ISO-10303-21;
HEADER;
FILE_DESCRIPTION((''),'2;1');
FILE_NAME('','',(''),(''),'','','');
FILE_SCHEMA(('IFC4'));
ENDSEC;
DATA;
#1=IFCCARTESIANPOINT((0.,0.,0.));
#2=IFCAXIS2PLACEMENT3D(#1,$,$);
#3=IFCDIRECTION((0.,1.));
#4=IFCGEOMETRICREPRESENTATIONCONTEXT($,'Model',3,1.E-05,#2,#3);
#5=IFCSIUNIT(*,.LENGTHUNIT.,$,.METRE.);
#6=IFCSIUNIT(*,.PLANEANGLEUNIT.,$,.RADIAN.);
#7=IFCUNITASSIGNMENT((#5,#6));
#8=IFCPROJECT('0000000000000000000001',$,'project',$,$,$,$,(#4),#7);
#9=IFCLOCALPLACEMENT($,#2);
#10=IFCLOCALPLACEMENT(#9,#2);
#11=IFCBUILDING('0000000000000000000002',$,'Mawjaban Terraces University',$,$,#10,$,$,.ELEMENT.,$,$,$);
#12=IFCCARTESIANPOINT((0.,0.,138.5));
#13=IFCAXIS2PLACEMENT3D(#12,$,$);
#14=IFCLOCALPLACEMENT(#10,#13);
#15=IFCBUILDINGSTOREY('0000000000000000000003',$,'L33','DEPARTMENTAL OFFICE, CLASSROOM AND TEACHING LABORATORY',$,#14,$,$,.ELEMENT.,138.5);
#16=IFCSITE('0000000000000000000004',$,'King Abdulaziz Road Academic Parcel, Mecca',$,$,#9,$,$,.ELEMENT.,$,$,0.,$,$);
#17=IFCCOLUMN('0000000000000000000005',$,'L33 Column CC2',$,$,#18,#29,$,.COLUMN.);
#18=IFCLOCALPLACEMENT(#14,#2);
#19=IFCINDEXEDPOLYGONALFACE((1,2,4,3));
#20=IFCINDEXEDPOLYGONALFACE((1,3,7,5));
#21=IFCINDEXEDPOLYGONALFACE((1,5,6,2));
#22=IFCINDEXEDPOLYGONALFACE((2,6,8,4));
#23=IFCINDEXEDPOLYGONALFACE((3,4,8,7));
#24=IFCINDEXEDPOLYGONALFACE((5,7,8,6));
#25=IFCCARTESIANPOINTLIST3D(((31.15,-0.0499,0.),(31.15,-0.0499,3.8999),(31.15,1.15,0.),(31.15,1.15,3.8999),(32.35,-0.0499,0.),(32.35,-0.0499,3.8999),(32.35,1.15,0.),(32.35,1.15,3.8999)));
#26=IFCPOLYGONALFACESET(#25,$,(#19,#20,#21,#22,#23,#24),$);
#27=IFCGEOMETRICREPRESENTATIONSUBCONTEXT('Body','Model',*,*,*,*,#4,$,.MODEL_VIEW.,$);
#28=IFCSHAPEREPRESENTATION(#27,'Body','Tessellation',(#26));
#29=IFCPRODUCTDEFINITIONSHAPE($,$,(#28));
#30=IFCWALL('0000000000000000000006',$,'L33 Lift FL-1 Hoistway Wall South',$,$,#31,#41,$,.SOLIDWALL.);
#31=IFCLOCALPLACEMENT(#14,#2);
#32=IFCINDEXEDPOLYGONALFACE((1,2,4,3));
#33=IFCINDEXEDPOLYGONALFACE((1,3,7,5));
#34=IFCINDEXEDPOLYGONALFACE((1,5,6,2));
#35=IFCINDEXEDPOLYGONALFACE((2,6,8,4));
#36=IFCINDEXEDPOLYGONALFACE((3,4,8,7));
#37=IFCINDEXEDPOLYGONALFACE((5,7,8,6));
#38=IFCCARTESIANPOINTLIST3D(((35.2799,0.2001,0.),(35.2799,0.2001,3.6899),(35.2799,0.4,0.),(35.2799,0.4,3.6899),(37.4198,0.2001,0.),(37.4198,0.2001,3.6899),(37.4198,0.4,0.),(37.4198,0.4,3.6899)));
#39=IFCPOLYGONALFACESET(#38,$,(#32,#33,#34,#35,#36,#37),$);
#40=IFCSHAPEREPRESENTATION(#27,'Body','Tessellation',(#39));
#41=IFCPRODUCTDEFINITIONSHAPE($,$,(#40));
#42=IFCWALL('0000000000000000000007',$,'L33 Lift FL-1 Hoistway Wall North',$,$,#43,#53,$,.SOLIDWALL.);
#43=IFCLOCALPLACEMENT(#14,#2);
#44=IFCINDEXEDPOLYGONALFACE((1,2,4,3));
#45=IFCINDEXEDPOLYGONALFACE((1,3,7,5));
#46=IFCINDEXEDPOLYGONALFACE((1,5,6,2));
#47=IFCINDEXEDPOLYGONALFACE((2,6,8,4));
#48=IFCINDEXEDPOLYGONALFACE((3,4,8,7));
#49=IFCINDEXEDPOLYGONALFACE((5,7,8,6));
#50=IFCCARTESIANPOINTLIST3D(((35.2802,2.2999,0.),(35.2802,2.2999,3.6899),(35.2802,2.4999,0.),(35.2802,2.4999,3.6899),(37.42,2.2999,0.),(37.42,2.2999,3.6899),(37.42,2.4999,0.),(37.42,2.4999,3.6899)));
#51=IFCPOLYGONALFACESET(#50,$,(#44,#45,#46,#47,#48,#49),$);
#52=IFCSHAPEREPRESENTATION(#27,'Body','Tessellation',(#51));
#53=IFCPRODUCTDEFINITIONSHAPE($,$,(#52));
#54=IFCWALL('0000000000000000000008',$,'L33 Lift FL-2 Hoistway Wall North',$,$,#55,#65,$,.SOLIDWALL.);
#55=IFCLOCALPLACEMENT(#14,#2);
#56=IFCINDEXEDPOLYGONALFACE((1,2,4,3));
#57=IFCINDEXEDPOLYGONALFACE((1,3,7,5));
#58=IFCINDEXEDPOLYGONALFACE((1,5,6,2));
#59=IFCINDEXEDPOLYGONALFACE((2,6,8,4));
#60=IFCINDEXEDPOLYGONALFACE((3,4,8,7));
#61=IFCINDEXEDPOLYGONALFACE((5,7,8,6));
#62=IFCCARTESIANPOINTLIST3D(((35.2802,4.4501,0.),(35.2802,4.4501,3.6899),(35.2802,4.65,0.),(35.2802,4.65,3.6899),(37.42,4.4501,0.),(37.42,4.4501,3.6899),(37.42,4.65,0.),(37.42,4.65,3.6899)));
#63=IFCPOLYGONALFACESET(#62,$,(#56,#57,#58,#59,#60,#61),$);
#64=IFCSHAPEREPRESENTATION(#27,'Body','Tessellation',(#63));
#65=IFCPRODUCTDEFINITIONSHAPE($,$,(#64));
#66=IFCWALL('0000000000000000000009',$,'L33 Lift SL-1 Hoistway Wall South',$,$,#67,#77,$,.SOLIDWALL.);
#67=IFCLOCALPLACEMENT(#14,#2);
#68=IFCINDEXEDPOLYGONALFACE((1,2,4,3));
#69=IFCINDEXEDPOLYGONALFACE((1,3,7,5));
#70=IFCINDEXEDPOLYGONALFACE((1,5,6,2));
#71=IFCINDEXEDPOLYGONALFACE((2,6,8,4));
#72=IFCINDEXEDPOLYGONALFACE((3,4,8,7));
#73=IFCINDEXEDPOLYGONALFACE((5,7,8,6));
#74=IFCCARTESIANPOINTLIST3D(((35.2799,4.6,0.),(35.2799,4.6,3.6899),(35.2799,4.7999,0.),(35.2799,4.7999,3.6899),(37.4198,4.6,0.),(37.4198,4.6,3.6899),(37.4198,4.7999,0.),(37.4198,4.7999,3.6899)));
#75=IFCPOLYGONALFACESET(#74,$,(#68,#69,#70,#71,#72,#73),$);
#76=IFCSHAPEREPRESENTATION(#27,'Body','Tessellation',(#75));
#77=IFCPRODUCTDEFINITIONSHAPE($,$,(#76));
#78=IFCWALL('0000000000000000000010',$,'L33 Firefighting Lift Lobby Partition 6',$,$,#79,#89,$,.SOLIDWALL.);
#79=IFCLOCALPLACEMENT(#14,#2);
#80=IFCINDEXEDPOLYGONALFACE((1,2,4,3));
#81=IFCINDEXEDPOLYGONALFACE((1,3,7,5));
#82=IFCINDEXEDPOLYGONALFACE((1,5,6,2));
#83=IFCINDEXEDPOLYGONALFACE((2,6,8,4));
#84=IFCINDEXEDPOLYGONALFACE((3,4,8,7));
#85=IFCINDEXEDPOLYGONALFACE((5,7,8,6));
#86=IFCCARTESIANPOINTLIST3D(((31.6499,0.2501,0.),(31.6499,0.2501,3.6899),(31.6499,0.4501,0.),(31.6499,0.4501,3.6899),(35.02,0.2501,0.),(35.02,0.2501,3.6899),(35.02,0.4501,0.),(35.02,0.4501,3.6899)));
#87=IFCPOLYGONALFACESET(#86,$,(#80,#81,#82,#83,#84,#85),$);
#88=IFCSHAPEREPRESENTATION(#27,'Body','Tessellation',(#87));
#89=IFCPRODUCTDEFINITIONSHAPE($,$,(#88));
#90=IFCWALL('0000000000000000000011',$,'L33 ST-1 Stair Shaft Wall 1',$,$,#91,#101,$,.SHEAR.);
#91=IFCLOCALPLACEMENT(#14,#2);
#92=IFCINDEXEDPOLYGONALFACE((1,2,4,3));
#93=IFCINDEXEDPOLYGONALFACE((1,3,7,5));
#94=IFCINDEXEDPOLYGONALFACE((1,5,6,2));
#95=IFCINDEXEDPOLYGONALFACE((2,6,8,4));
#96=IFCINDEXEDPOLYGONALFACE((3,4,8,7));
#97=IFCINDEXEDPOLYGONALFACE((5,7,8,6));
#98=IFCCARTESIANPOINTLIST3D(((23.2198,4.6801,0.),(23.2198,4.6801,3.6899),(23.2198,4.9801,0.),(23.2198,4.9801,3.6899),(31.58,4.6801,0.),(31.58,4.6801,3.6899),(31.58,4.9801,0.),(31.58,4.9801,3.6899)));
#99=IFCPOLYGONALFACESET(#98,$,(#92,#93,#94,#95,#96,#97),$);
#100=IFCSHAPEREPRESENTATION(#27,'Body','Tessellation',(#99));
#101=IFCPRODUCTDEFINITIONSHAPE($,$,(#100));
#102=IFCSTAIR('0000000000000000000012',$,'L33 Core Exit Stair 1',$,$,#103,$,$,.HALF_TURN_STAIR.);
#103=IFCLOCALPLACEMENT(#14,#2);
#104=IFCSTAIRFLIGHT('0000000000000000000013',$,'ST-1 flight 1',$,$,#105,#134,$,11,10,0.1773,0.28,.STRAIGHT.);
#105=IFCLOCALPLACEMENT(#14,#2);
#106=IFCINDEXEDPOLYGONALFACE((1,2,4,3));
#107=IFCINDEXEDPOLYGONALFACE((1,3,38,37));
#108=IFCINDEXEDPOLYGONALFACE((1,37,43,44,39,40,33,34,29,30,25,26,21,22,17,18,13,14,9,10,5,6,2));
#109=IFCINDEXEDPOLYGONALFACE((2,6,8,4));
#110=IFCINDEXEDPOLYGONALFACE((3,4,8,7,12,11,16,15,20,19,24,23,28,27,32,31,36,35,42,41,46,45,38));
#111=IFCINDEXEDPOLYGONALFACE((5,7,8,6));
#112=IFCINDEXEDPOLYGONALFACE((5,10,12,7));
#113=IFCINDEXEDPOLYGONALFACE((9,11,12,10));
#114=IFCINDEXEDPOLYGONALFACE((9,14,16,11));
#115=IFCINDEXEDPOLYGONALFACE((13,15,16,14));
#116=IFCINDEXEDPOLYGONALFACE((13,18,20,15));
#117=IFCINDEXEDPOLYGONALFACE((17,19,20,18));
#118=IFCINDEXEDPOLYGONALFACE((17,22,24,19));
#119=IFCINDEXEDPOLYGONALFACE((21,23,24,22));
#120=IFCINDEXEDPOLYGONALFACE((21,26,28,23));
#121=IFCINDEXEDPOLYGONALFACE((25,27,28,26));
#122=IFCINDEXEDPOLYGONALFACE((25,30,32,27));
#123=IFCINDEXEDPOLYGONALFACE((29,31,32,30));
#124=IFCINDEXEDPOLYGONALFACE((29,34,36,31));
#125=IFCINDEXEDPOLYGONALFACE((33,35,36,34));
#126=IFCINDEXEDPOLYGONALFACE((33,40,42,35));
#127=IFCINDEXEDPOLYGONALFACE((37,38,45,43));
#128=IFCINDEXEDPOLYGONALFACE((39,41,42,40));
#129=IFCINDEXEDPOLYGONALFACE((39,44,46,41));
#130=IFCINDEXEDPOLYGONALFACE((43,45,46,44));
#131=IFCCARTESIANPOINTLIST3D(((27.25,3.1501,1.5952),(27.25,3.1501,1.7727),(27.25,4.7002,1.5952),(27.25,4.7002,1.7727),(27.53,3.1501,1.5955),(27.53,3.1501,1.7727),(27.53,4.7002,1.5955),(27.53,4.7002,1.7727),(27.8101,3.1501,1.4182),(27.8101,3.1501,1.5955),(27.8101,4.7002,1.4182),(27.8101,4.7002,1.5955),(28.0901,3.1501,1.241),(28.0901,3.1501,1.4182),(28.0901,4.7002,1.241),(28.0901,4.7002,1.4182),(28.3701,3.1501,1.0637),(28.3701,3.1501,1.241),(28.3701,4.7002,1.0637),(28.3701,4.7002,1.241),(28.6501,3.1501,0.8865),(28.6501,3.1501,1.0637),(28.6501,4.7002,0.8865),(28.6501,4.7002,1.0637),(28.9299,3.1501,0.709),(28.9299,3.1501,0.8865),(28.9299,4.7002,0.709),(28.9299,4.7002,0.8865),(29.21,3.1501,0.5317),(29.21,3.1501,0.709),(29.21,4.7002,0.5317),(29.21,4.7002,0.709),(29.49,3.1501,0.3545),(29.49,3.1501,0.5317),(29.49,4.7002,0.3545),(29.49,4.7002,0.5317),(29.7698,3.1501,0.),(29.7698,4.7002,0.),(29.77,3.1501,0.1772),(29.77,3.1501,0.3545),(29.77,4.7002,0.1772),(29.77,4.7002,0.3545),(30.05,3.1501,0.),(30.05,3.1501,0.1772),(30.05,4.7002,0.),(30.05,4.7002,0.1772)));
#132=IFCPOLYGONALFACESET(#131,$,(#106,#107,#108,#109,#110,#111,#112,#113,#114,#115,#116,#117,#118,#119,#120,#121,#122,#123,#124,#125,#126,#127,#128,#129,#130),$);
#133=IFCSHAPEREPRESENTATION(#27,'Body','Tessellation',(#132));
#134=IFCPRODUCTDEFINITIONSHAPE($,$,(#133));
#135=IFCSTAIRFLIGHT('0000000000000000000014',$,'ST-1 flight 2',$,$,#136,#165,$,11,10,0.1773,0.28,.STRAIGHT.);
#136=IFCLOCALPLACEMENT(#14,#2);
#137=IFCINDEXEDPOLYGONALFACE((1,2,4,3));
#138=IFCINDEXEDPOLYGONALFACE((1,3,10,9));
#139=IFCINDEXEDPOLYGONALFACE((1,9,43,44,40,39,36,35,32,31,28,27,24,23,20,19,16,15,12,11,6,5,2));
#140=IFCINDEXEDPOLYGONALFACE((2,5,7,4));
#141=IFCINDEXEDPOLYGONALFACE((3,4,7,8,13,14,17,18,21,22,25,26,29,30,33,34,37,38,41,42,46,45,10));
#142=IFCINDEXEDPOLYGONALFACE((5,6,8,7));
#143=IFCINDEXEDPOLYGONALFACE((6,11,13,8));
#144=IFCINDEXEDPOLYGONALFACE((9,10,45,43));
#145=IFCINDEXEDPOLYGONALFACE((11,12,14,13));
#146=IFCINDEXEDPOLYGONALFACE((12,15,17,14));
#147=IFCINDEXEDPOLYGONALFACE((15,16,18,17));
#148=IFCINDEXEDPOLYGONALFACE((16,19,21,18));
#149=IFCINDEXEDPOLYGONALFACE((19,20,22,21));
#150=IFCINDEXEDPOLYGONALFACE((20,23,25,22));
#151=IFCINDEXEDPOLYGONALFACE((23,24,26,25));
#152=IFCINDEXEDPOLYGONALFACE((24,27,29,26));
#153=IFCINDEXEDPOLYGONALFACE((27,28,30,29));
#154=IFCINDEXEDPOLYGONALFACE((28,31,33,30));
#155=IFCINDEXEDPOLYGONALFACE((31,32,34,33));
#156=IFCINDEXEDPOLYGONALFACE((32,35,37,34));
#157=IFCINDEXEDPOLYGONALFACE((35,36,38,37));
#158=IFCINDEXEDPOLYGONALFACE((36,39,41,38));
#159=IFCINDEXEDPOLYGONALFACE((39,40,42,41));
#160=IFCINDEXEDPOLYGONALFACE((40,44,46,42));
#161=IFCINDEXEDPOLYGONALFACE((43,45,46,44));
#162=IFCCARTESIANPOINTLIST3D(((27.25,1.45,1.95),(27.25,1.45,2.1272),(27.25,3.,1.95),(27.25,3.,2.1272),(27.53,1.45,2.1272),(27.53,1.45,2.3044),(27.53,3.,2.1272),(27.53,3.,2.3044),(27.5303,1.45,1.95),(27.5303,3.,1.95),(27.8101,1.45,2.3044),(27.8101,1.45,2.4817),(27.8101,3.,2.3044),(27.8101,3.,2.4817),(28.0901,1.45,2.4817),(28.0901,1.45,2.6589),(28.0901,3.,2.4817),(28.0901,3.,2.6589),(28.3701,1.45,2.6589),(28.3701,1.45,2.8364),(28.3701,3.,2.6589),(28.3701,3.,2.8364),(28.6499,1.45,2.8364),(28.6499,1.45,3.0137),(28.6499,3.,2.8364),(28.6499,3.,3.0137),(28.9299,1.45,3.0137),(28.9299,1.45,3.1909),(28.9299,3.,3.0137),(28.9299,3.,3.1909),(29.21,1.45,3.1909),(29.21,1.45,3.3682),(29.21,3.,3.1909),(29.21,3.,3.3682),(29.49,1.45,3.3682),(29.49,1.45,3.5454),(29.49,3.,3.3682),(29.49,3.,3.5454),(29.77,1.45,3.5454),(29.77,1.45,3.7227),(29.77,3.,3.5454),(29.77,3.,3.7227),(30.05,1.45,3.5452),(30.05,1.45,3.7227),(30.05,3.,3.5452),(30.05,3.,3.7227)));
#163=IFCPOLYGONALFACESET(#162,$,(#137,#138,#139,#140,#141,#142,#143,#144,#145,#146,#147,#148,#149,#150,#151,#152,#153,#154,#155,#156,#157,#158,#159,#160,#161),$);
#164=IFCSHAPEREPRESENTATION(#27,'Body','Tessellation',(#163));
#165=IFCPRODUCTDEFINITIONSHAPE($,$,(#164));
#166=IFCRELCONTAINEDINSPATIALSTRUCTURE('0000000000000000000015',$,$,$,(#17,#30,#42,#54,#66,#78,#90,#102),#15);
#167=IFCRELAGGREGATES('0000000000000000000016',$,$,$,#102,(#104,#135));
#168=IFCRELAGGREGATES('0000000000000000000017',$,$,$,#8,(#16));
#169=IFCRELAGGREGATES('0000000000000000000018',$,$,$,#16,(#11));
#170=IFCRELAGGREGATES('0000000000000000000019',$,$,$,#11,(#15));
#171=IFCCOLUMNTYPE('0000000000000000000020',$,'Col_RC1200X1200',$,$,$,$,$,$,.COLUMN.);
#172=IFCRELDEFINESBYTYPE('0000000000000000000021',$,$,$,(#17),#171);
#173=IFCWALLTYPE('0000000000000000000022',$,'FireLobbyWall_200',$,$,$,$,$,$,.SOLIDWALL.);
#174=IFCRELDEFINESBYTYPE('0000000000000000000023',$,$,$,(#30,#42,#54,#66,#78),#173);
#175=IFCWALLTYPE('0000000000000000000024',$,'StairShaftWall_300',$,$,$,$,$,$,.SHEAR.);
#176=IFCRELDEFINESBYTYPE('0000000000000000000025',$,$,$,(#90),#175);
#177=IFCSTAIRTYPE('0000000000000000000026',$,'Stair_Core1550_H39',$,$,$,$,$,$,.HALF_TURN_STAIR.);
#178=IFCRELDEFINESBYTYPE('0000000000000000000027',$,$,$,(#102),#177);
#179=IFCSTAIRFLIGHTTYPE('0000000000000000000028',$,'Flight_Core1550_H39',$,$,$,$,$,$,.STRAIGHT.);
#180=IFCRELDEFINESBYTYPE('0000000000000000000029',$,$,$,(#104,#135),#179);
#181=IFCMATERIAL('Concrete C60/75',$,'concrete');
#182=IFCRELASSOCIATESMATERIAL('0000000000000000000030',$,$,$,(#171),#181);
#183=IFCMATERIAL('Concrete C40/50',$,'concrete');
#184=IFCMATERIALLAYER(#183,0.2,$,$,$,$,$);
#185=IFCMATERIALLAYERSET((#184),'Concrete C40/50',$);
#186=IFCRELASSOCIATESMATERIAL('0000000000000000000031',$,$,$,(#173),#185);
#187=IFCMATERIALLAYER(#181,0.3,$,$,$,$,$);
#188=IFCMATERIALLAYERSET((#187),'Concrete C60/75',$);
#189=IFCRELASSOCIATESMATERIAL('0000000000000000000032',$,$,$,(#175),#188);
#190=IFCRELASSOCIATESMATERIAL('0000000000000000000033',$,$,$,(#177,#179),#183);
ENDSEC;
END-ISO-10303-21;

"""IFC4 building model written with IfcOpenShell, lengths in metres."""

from ifc_helpers import new_model, si_unit, direction, frame, frame_2d, origin, origin_2d, place, context, subcontext, project, spatial, polyline, rectangle, outline, extrude, material, layer, layer_set, material_profile, profile_set, type_object, element, aggregate, save


model = new_model("IFC4")

# Units and contexts
model_context = context("Model", 3, precision=1e-05, world=origin(), true_north=direction((0.0, 1.0)))
body_context = subcontext(model_context, "Body", "Model", "MODEL_VIEW")
ifc_project = project(units=[si_unit("LENGTHUNIT", "METRE"), si_unit("PLANEANGLEUNIT", "RADIAN")], contexts=[model_context])

# Site, building, storey
site_placement = place(None, origin())
site = spatial("IfcSite", under=ifc_project, at=site_placement, Name="King Abdulaziz Road Academic Parcel, Mecca", CompositionType="ELEMENT", RefElevation=0.0)
building_placement = place(site_placement, origin())
building = spatial("IfcBuilding", under=site, at=building_placement, Name="Mawjaban Terraces University", CompositionType="ELEMENT")
storey_placement = place(building_placement, frame((0.0, 0.0, 138.5)))
storey = spatial("IfcBuildingStorey", under=building, at=storey_placement, Name="L33", Description="DEPARTMENTAL OFFICE, CLASSROOM AND TEACHING LABORATORY", CompositionType="ELEMENT", Elevation=138.5)

# Column
ifc_material_1 = material(Name="Concrete C60/75", Category="concrete")
ifc_material_profile = material_profile(ifc_material_1, rectangle(XDim=1.2, YDim=1.2, at=origin_2d()), Name="RC1200X1200")
ifc_profile_set = profile_set([ifc_material_profile], Name="Concrete C60/75")
column_type = type_object("IfcColumnType", Name="Col_RC1200X1200", PredefinedType="COLUMN", material=ifc_profile_set)
column_placement = place(storey_placement, frame((31.75, 0.55, 0.0), z_axis=(0.0, 0.0, 1.0), x_axis=(1.0, 0.0, 0.0)))
element("IfcColumn", 1, at=column_placement, inside=storey, type_object=column_type, Name="L33 Column CC2", PredefinedType="COLUMN", context=body_context, shape_type="SweptSolid", body=[
    extrude(rectangle(XDim=1.2, YDim=1.2, at=origin_2d()), origin(), (0.0, 0.0, 1.0), 3.8999),
])

# Shared definitions
ifc_material_2 = material(Name="Concrete C40/50", Category="concrete")
ifc_layer_1 = layer(ifc_material_2, 0.2)
ifc_layer_set_1 = layer_set([ifc_layer_1], Name="Concrete C40/50")
wall_type_1 = type_object("IfcWallType", Name="FireLobbyWall_200", PredefinedType="SOLIDWALL", material=ifc_layer_set_1)

# Walls
for number, where, z_axis, x_axis, name in (
    (2, (35.28, 0.3, 0.0), (0.0, 0.0, 1.0), (1.0, 0.0, 0.0), "L33 Lift FL-1 Hoistway Wall South"),
    (3, (37.4199, 2.3999, 0.0), (0.0, 0.0, 1.0), (-1.0, 0.0, 0.0), "L33 Lift FL-1 Hoistway Wall North"),
):
    element("IfcWall", number, at=place(storey_placement, frame(where, z_axis=z_axis, x_axis=x_axis)), inside=storey, type_object=wall_type_1, Name=name, PredefinedType="SOLIDWALL", context=body_context, shape_type="SweptSolid", body=[
        extrude(rectangle(XDim=2.1399, YDim=0.2, at=frame_2d((1.0698, 0.0))), origin(), (0.0, 0.0, 1.0), 3.6899),
    ])

# Walls
for number, where, z_axis, x_axis, name in (
    (4, (37.4199, 4.55, 0.0), (0.0, 0.0, 1.0), (-1.0, 0.0, 0.0), "L33 Lift FL-2 Hoistway Wall North"),
    (5, (35.28, 4.7, 0.0), (0.0, 0.0, 1.0), (1.0, 0.0, 0.0), "L33 Lift SL-1 Hoistway Wall South"),
):
    element("IfcWall", number, at=place(storey_placement, frame(where, z_axis=z_axis, x_axis=x_axis)), inside=storey, type_object=wall_type_1, Name=name, PredefinedType="SOLIDWALL", context=body_context, shape_type="SweptSolid", body=[
        extrude(rectangle(XDim=2.1399, YDim=0.2, at=frame_2d((1.0698, 0.0))), origin(), (0.0, 0.0, 1.0), 3.6899),
    ])
wall_1_placement = place(storey_placement, frame((31.6499, 0.3501, 0.0), z_axis=(0.0, 0.0, 1.0), x_axis=(1.0, 0.0, 0.0)))
element("IfcWall", 6, at=wall_1_placement, inside=storey, type_object=wall_type_1, Name="L33 Firefighting Lift Lobby Partition 6", PredefinedType="SOLIDWALL", context=body_context, shape_type="SweptSolid", body=[
    extrude(rectangle(XDim=3.3701, YDim=0.2, at=frame_2d((1.6851, 0.0))), origin(), (0.0, 0.0, 1.0), 3.6899),
])

# Wall
ifc_layer_2 = layer(ifc_material_1, 0.3)
ifc_layer_set_2 = layer_set([ifc_layer_2], Name="Concrete C60/75")
wall_type_2 = type_object("IfcWallType", Name="StairShaftWall_300", PredefinedType="SHEAR", material=ifc_layer_set_2)
wall_2_placement = place(storey_placement, frame((31.5801, 4.8301, 0.0), z_axis=(0.0, 0.0, 1.0), x_axis=(-1.0, 0.0, 0.0)))
element("IfcWall", 7, at=wall_2_placement, inside=storey, type_object=wall_type_2, Name="L33 ST-1 Stair Shaft Wall 1", PredefinedType="SHEAR", context=body_context, shape_type="SweptSolid", body=[
    extrude(rectangle(XDim=8.3601, YDim=0.3, at=frame_2d((4.1802, 0.0))), origin(), (0.0, 0.0, 1.0), 3.6899),
])

# Stair, stair flights
stair_type = type_object("IfcStairType", Name="Stair_Core1550_H39", PredefinedType="HALF_TURN_STAIR", material=ifc_material_2)
stair_placement = place(storey_placement, origin())
stair = element("IfcStair", 8, at=stair_placement, inside=storey, type_object=stair_type, Name="L33 Core Exit Stair 1", PredefinedType="HALF_TURN_STAIR")
stair_flight_type = type_object("IfcStairFlightType", Name="Flight_Core1550_H39", PredefinedType="STRAIGHT", material=ifc_material_2)
stair_flight_1_placement = place(storey_placement, frame((30.05, 3.925, 0.0), z_axis=(0.0, 0.0, 1.0), x_axis=(-1.0, 0.0, 0.0)))
stair_flight_1 = element("IfcStairFlight", 9, at=stair_flight_1_placement, type_object=stair_flight_type, Name="ST-1 flight 1", NumberOfRisers=11, NumberOfTreads=10, PredefinedType="STRAIGHT", RiserHeight=0.1773, TreadLength=0.28, context=body_context, shape_type="SweptSolid", body=[
    extrude(outline(polyline([(0.0, 0.0), (0.0, 0.1772), (0.28, 0.1772), (0.28, 0.3545), (0.5601, 0.3545), (0.5601, 0.5317), (0.8401, 0.5317), (0.8401, 0.709), (1.1201, 0.709), (1.1201, 0.8865), (1.3999, 0.8865), (1.3999, 1.0637), (1.6799, 1.0637), (1.6799, 1.241), (1.96, 1.241), (1.96, 1.4182), (2.24, 1.4182), (2.24, 1.5955), (2.52, 1.5955), (2.52, 1.7727), (2.8, 1.7727), (2.8, 1.95), (2.8, 1.5952), (0.2803, 0.0), (0.0, 0.0)])), frame((0.0, 0.7749, 0.0), z_axis=(0.0, -1.0, 0.0), x_axis=(1.0, 0.0, 0.0)), (0.0, 0.0, 1.0), 1.55),
])
stair_flight_2_placement = place(storey_placement, frame((27.25, 2.2251, 1.95), z_axis=(0.0, 0.0, 1.0), x_axis=(1.0, 0.0, 0.0)))
stair_flight_2 = element("IfcStairFlight", 10, at=stair_flight_2_placement, type_object=stair_flight_type, Name="ST-1 flight 2", NumberOfRisers=11, NumberOfTreads=10, PredefinedType="STRAIGHT", RiserHeight=0.1773, TreadLength=0.28, context=body_context, shape_type="SweptSolid", body=[
    extrude(outline(polyline([(0.0, 0.0), (0.0, 0.1772), (0.28, 0.1772), (0.28, 0.3545), (0.5601, 0.3545), (0.5601, 0.5317), (0.8401, 0.5317), (0.8401, 0.709), (1.1201, 0.709), (1.1201, 0.8865), (1.3999, 0.8865), (1.3999, 1.0637), (1.6799, 1.0637), (1.6799, 1.241), (1.96, 1.241), (1.96, 1.4182), (2.24, 1.4182), (2.24, 1.5955), (2.52, 1.5955), (2.52, 1.7727), (2.8, 1.7727), (2.8, 1.95), (2.8, 1.5952), (0.2803, 0.0), (0.0, 0.0)])), frame((0.0, 0.7749, 0.0), z_axis=(0.0, -1.0, 0.0), x_axis=(1.0, 0.0, 0.0)), (0.0, 0.0, 1.0), 1.55),
])
aggregate(stair, [stair_flight_1, stair_flight_2])

save(model, "model.ifc")
